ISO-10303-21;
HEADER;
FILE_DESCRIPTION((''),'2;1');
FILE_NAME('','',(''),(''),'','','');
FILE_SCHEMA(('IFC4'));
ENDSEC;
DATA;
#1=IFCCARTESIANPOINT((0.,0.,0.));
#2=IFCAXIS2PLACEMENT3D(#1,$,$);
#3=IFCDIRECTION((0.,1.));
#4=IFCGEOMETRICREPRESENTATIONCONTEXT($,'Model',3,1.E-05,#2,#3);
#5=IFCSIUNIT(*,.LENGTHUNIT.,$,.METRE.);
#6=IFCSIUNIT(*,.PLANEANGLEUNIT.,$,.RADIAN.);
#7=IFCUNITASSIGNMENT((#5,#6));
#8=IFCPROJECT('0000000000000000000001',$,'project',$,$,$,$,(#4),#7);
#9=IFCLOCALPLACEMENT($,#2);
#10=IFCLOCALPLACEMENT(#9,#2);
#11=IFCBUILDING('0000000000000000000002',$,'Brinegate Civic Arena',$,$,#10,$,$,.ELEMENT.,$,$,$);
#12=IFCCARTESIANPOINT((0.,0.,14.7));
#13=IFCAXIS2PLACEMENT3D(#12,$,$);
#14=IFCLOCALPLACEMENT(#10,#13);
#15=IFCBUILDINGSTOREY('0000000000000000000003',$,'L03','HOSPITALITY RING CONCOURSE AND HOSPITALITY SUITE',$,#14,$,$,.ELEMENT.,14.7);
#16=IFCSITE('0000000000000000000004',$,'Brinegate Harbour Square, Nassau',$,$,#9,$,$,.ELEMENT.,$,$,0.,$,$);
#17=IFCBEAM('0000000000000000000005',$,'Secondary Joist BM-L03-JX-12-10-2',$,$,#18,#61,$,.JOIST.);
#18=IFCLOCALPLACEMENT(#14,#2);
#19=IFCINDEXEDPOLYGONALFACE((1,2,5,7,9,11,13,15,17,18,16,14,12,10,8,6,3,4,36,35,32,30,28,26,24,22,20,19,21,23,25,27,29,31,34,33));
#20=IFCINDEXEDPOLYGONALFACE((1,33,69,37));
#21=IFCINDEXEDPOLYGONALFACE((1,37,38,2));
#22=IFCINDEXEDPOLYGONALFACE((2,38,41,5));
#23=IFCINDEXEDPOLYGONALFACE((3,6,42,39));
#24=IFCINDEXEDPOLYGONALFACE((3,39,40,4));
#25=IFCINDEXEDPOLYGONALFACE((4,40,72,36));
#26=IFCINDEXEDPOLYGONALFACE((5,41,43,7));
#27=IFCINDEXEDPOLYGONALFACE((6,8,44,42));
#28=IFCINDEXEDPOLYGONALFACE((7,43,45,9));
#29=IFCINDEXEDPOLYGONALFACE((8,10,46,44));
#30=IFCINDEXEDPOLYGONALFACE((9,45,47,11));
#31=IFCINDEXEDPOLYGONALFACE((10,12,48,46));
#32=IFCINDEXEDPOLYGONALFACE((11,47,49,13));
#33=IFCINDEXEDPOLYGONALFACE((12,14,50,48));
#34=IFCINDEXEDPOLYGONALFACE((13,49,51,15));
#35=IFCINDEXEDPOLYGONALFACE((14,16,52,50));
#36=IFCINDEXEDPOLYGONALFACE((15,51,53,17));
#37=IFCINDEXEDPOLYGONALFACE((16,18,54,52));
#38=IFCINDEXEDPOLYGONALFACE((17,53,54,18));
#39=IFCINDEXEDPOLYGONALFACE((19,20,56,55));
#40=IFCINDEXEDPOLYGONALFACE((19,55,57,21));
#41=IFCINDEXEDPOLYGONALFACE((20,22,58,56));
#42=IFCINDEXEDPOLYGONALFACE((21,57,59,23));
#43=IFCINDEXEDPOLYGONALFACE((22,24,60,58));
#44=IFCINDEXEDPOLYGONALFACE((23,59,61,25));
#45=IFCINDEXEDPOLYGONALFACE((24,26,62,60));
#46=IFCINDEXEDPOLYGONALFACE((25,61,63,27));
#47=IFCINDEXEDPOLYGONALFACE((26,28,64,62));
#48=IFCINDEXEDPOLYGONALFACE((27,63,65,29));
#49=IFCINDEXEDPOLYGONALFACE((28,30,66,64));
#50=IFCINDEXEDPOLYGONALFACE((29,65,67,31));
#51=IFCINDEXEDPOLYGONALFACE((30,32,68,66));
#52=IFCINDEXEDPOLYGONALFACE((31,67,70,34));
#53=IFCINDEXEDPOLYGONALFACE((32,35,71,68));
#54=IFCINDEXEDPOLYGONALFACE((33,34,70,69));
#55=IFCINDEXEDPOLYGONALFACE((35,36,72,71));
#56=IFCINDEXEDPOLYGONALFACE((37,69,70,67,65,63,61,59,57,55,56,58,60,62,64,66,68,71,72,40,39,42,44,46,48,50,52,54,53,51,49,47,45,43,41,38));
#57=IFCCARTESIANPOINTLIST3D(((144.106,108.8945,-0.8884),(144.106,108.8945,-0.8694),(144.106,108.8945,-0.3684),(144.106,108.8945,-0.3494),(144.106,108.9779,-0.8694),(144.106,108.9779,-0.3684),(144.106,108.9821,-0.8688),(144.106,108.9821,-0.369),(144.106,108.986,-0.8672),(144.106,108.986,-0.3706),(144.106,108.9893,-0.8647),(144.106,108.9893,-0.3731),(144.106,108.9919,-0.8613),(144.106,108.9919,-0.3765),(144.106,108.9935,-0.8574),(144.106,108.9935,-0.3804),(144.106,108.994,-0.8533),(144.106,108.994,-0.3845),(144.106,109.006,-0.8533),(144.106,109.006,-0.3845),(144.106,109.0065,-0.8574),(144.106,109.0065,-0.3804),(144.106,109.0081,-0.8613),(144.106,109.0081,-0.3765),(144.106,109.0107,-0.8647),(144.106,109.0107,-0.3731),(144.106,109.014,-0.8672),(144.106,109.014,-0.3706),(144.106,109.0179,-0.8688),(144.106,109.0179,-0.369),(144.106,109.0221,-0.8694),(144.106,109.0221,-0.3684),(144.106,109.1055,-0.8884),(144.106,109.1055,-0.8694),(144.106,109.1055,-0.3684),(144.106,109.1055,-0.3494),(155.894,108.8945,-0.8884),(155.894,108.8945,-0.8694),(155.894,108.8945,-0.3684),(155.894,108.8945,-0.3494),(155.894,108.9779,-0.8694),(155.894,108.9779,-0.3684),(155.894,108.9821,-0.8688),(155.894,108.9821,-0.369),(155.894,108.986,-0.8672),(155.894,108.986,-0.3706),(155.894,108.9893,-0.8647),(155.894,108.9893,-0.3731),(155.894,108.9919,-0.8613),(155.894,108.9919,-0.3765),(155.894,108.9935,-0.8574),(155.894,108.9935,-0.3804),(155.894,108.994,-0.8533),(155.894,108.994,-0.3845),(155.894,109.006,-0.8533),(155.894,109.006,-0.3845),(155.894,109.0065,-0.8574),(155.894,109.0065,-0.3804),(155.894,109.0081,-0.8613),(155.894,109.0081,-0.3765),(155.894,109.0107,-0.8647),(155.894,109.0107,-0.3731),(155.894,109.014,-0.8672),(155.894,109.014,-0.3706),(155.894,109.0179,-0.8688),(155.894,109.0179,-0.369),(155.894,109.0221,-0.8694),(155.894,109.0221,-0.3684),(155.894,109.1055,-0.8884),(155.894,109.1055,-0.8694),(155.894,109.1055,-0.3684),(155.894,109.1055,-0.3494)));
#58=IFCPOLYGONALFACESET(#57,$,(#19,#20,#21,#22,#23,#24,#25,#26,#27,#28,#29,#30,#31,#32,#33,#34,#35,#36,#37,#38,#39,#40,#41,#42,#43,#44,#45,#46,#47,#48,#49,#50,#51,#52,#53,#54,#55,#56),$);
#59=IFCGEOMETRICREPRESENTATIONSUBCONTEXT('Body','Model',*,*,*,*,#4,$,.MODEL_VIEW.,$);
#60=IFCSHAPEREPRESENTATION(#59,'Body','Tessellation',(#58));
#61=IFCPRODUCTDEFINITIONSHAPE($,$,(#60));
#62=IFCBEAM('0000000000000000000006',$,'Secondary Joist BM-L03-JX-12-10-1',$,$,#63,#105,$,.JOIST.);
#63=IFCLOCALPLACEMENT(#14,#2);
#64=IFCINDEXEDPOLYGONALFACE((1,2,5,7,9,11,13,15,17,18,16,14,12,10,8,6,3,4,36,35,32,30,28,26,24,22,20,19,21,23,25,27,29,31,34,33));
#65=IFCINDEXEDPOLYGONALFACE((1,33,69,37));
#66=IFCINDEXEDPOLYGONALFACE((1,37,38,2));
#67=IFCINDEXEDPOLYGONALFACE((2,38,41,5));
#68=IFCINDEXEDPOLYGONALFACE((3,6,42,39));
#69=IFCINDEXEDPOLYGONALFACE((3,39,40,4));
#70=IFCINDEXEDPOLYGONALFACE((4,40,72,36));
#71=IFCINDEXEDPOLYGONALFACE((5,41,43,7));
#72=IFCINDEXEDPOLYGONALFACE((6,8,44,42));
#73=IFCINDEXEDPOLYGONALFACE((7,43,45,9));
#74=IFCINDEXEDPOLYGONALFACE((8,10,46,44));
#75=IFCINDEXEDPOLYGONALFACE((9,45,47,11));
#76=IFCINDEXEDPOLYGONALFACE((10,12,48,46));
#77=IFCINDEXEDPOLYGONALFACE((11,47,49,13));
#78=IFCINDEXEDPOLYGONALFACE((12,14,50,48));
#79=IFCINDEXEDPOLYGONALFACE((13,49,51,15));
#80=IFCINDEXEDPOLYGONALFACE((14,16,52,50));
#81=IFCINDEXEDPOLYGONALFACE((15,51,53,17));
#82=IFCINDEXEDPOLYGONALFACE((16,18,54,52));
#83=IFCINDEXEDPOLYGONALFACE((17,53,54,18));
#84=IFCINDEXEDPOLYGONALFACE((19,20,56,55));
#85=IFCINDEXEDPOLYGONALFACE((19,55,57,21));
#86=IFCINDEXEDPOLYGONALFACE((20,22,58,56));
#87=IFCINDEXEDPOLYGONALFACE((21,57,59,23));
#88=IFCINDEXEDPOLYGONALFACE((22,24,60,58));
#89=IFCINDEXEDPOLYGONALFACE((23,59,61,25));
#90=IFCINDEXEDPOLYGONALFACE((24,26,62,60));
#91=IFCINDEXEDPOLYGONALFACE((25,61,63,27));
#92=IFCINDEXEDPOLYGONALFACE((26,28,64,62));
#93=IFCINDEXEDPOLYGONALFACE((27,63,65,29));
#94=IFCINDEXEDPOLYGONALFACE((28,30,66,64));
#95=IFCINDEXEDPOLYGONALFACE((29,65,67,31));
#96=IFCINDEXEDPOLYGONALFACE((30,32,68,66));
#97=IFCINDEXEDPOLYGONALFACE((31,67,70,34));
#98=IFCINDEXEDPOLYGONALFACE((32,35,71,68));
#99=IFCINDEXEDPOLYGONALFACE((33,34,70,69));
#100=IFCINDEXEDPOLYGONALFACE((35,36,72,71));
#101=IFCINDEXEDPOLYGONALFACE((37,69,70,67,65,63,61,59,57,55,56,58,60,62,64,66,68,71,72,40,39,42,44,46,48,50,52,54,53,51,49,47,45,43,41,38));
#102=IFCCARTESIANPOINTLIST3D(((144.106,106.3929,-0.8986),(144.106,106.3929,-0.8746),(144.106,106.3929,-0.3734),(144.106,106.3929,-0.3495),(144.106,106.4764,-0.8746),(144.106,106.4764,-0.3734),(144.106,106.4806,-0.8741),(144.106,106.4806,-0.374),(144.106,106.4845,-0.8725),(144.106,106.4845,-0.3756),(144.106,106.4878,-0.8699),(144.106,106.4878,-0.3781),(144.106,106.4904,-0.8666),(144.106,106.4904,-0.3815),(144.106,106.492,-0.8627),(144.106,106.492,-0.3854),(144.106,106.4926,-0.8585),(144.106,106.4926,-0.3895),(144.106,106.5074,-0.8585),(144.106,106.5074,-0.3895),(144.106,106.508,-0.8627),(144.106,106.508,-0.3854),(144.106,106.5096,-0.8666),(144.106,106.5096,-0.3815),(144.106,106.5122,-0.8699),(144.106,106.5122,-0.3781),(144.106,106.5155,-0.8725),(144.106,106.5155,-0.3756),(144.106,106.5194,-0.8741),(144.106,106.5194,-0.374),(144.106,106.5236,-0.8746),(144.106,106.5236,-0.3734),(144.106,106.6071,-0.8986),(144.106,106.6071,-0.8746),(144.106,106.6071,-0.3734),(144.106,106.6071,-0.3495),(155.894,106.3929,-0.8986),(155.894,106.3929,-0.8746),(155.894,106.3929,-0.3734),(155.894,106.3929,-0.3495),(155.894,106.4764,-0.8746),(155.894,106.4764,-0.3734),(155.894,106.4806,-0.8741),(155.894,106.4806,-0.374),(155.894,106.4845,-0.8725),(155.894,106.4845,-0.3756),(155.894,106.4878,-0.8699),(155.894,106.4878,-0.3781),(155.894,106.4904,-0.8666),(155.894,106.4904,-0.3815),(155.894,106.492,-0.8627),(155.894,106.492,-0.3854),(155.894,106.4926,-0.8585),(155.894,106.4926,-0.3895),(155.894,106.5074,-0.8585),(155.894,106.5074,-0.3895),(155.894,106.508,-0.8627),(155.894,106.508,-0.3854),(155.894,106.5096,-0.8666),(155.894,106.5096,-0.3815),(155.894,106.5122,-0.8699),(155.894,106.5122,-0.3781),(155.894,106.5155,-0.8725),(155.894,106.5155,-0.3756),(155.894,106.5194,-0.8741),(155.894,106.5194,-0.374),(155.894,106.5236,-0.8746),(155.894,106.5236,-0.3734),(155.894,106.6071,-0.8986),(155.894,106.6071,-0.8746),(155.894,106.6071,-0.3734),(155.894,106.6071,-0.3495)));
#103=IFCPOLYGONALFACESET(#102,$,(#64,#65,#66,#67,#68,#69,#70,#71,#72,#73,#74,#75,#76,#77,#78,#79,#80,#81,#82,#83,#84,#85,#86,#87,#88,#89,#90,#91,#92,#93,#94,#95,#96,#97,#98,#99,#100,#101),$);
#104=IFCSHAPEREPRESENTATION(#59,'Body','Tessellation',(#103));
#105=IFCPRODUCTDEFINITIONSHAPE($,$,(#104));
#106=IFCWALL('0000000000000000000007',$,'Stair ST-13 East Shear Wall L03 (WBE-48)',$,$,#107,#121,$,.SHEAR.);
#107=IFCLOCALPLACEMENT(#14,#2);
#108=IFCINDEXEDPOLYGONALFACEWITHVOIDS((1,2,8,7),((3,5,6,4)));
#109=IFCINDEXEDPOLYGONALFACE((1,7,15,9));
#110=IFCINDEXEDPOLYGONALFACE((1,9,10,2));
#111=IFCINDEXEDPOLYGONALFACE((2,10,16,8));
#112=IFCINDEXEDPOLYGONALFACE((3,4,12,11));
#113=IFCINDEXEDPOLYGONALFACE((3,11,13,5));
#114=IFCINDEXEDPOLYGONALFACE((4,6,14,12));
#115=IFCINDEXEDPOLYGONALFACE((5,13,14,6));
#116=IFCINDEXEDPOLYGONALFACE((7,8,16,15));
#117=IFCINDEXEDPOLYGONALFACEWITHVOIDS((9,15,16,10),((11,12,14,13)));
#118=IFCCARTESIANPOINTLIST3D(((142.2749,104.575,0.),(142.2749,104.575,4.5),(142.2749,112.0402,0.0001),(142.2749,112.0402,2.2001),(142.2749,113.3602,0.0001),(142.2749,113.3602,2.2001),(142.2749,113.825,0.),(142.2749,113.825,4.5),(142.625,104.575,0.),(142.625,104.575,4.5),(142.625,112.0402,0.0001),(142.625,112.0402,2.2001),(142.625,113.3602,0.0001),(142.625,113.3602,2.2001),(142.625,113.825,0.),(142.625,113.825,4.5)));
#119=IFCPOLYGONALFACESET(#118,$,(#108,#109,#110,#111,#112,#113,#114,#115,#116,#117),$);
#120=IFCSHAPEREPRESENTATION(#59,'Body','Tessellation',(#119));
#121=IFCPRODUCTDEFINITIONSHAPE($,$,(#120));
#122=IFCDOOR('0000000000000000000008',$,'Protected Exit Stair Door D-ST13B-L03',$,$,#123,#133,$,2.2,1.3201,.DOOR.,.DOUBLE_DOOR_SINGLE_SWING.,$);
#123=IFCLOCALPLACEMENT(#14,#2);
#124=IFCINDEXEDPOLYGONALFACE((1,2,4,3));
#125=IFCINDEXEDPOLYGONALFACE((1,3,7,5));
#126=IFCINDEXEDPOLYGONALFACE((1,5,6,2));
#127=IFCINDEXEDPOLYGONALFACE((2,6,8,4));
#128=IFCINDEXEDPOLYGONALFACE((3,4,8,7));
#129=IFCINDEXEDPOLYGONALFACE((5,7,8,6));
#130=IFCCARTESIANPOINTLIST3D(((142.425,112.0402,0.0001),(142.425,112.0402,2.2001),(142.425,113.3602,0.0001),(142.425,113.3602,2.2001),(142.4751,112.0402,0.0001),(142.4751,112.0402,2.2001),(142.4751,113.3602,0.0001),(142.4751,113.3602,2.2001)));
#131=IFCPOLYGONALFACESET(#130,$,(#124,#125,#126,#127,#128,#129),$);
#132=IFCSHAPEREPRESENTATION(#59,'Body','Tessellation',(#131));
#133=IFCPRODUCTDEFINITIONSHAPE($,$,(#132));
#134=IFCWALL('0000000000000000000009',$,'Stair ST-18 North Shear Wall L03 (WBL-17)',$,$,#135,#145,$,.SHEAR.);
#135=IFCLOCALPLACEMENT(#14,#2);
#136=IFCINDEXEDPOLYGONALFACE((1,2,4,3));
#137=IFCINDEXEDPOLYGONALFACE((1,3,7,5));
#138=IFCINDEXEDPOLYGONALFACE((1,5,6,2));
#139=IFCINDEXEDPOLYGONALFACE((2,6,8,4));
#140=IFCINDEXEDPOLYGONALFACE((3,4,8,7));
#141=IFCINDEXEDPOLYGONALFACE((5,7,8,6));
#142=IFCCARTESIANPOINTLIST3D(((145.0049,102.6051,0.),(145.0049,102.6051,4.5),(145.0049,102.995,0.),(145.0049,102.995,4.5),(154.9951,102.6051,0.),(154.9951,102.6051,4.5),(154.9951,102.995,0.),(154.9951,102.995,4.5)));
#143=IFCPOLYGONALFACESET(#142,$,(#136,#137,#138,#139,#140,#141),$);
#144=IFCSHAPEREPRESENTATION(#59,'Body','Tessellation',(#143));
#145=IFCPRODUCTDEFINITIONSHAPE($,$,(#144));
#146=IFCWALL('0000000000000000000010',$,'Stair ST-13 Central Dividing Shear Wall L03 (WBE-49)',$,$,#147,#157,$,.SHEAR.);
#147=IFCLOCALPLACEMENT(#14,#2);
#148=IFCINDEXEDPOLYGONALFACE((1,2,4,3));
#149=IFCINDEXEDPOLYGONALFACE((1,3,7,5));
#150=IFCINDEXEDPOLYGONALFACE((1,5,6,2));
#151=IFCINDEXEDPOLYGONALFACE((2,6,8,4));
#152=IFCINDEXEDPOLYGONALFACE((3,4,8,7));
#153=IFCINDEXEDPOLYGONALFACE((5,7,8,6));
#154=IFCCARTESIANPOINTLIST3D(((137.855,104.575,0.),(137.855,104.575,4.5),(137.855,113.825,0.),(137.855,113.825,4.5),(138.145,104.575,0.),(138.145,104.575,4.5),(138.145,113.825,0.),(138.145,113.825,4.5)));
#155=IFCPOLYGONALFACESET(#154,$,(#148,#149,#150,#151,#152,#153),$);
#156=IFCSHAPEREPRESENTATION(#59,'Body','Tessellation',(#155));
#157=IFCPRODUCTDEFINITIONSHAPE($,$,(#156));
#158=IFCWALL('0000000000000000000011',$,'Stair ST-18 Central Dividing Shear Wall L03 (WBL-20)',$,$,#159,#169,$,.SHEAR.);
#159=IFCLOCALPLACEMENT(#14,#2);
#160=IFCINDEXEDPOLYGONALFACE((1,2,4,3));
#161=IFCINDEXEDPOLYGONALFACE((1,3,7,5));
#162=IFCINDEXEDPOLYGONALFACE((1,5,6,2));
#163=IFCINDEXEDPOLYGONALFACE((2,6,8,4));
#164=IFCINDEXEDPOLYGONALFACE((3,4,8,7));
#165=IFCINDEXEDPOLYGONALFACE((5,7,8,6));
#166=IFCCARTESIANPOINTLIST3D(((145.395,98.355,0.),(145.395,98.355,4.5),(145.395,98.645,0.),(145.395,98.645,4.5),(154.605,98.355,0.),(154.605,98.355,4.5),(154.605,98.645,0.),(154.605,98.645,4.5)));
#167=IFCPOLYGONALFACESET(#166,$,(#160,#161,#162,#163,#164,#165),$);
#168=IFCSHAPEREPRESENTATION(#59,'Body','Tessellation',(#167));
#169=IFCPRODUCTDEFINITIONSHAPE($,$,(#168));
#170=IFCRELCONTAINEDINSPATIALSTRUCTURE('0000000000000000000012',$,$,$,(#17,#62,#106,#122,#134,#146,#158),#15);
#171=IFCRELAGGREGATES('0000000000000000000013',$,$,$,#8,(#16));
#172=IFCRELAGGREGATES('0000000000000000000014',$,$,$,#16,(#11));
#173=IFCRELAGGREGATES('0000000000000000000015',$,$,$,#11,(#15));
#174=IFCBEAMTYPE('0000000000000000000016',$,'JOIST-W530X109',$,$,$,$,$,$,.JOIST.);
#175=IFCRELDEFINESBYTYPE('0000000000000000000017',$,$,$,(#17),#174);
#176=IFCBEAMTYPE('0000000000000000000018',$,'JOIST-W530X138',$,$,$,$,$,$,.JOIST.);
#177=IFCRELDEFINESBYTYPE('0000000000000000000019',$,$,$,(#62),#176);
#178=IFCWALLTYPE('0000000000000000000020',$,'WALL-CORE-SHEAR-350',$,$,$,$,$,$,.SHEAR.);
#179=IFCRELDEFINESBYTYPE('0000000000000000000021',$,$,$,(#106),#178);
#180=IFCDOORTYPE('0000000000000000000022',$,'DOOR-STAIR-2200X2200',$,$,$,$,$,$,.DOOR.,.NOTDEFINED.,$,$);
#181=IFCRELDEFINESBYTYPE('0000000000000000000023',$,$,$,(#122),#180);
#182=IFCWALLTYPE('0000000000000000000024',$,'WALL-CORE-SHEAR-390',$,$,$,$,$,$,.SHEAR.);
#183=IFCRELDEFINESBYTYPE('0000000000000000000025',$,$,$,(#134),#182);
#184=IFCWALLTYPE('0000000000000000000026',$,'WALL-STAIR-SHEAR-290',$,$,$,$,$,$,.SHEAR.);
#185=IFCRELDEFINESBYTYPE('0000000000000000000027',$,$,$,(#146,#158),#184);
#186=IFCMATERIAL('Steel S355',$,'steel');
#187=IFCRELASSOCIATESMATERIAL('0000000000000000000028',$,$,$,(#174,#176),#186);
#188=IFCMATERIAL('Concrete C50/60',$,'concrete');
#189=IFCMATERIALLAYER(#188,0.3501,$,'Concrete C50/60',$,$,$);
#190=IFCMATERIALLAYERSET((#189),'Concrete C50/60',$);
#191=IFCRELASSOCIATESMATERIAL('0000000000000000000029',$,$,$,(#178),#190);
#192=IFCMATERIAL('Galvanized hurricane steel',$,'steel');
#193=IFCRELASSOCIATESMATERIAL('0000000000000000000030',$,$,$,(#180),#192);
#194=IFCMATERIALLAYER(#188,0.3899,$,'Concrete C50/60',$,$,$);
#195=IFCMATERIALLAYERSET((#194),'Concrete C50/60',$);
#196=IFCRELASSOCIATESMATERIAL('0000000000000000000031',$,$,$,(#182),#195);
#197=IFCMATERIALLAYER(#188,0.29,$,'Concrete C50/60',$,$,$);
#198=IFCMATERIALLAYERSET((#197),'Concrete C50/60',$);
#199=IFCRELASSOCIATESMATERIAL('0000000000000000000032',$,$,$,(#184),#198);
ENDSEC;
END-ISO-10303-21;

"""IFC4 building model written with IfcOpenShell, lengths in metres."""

from ifc_helpers import new_model, si_unit, direction, frame, frame_2d, origin, origin_2d, place, context, subcontext, project, spatial, rectangle, i_section, extrude, material, layer, layer_set, material_profile, profile_set, type_object, element, fill, save


model = new_model("IFC4")

# Units and contexts
model_context = context("Model", 3, precision=1e-05, world=origin(), true_north=direction((0.0, 1.0)))
body_context = subcontext(model_context, "Body", "Model", "MODEL_VIEW")
ifc_project = project(units=[si_unit("LENGTHUNIT", "METRE"), si_unit("PLANEANGLEUNIT", "RADIAN")], contexts=[model_context])

# Site, building, storey
site_placement = place(None, origin())
site = spatial("IfcSite", under=ifc_project, at=site_placement, Name="Brinegate Harbour Square, Nassau", CompositionType="ELEMENT", RefElevation=0.0)
building_placement = place(site_placement, origin())
building = spatial("IfcBuilding", under=site, at=building_placement, Name="Brinegate Civic Arena", CompositionType="ELEMENT")
storey_placement = place(building_placement, frame((0.0, 0.0, 14.7)))
storey = spatial("IfcBuildingStorey", under=building, at=storey_placement, Name="L03", Description="HOSPITALITY RING CONCOURSE AND HOSPITALITY SUITE", CompositionType="ELEMENT", Elevation=14.7)

# Shared definitions
ifc_material_1 = material(Name="Concrete C50/60", Category="concrete")

# Beams
ifc_material_2 = material(Name="Steel S355", Category="steel")
ifc_material_profile_1 = material_profile(ifc_material_2, i_section(OverallWidth=0.2109, OverallDepth=0.5391, WebThickness=0.012, FlangeThickness=0.019, FilletRadius=0.0161, at=origin_2d()), Name="W530X109")
ifc_profile_set_1 = profile_set([ifc_material_profile_1], Name="Steel S355")
beam_type_1 = type_object("IfcBeamType", Name="JOIST-W530X109", PredefinedType="JOIST", material=ifc_profile_set_1)
beam_1_placement = place(storey_placement, frame((144.106, 109.0, -0.6189), z_axis=(1.0, 0.0, 0.0), x_axis=(0.0, 1.0, 0.0)))
element("IfcBeam", 1, at=beam_1_placement, inside=storey, type_object=beam_type_1, Name="Secondary Joist BM-L03-JX-12-10-2", PredefinedType="JOIST", context=body_context, shape_type="SweptSolid", body=[
    extrude(i_section(OverallWidth=0.2109, OverallDepth=0.5391, WebThickness=0.012, FlangeThickness=0.019, FilletRadius=0.0161, at=origin_2d()), origin(), (0.0, 0.0, 1.0), 11.7881),
])
ifc_material_profile_2 = material_profile(ifc_material_2, i_section(OverallWidth=0.2141, OverallDepth=0.5491, WebThickness=0.0149, FlangeThickness=0.0239, FilletRadius=0.0161, at=origin_2d()), Name="W530X138")
ifc_profile_set_2 = profile_set([ifc_material_profile_2], Name="Steel S355")
beam_type_2 = type_object("IfcBeamType", Name="JOIST-W530X138", PredefinedType="JOIST", material=ifc_profile_set_2)
beam_2_placement = place(storey_placement, frame((144.106, 106.5, -0.624), z_axis=(1.0, 0.0, 0.0), x_axis=(0.0, 1.0, 0.0)))
element("IfcBeam", 2, at=beam_2_placement, inside=storey, type_object=beam_type_2, Name="Secondary Joist BM-L03-JX-12-10-1", PredefinedType="JOIST", context=body_context, shape_type="SweptSolid", body=[
    extrude(i_section(OverallWidth=0.2141, OverallDepth=0.5491, WebThickness=0.0149, FlangeThickness=0.0239, FilletRadius=0.0161, at=origin_2d()), origin(), (0.0, 0.0, 1.0), 11.7881),
])

# Wall, opening, door
ifc_layer_1 = layer(ifc_material_1, 0.3501, Name="Concrete C50/60")
ifc_layer_set_1 = layer_set([ifc_layer_1], Name="Concrete C50/60")
wall_type_1 = type_object("IfcWallType", Name="WALL-CORE-SHEAR-350", PredefinedType="SHEAR", material=ifc_layer_set_1)
wall_1_placement = place(storey_placement, frame((142.45, 104.575, 0.0), z_axis=(0.0, 0.0, 1.0), x_axis=(0.0, 1.0, 0.0)))
wall_1 = element("IfcWall", 3, at=wall_1_placement, inside=storey, type_object=wall_type_1, Name="Stair ST-13 East Shear Wall L03 (WBE-48)", PredefinedType="SHEAR", context=body_context, shape_type="SweptSolid", body=[
    extrude(rectangle(XDim=9.25, YDim=0.3501, at=frame_2d((4.625, 0.0))), origin(), (0.0, 0.0, 1.0), 4.5),
])
opening_placement = place(wall_1_placement, frame((7.4651, 0.0, 0.0)))
opening = element("IfcOpeningElement", 4, at=opening_placement, cuts=wall_1, PredefinedType="OPENING", context=body_context, shape_type="SweptSolid", body=[
    extrude(rectangle(XDim=1.3201, YDim=2.2, at=frame_2d((0.6602, 1.1001))), frame((0.0, 0.1851, 0.0), z_axis=(0.0, -1.0, 0.0), x_axis=(1.0, 0.0, 0.0)), (0.0, 0.0, 1.0), 0.3701),
])
ifc_material_3 = material(Name="Galvanized hurricane steel", Category="steel")
door_type = type_object("IfcDoorType", Name="DOOR-STAIR-2200X2200", OperationType="NOTDEFINED", PredefinedType="DOOR", material=ifc_material_3)
door_placement = place(opening_placement, origin())
door = element("IfcDoor", 5, at=door_placement, inside=storey, type_object=door_type, Name="Protected Exit Stair Door D-ST13B-L03", OperationType="DOUBLE_DOOR_SINGLE_SWING", OverallHeight=2.2, OverallWidth=1.3201, PredefinedType="DOOR", context=body_context, shape_type="SweptSolid", body=[
    extrude(rectangle(XDim=1.3201, YDim=2.2, at=frame_2d((0.6602, 1.1001))), frame((0.0, 0.0249, 0.0), z_axis=(0.0, -1.0, 0.0), x_axis=(1.0, 0.0, 0.0)), (0.0, 0.0, 1.0), 0.05),
])
fill(opening, door)

# Walls
ifc_layer_2 = layer(ifc_material_1, 0.3899, Name="Concrete C50/60")
ifc_layer_set_2 = layer_set([ifc_layer_2], Name="Concrete C50/60")
wall_type_2 = type_object("IfcWallType", Name="WALL-CORE-SHEAR-390", PredefinedType="SHEAR", material=ifc_layer_set_2)
wall_2_placement = place(storey_placement, frame((145.0049, 102.8, 0.0), z_axis=(0.0, 0.0, 1.0), x_axis=(1.0, 0.0, 0.0)))
element("IfcWall", 6, at=wall_2_placement, inside=storey, type_object=wall_type_2, Name="Stair ST-18 North Shear Wall L03 (WBL-17)", PredefinedType="SHEAR", context=body_context, shape_type="SweptSolid", body=[
    extrude(rectangle(XDim=9.9902, YDim=0.3899, at=frame_2d((4.9951, 0.0))), origin(), (0.0, 0.0, 1.0), 4.5),
])
ifc_layer_3 = layer(ifc_material_1, 0.29, Name="Concrete C50/60")
ifc_layer_set_3 = layer_set([ifc_layer_3], Name="Concrete C50/60")
wall_type_3 = type_object("IfcWallType", Name="WALL-STAIR-SHEAR-290", PredefinedType="SHEAR", material=ifc_layer_set_3)
wall_3_placement = place(storey_placement, frame((138.0, 104.575, 0.0), z_axis=(0.0, 0.0, 1.0), x_axis=(0.0, 1.0, 0.0)))
element("IfcWall", 7, at=wall_3_placement, inside=storey, type_object=wall_type_3, Name="Stair ST-13 Central Dividing Shear Wall L03 (WBE-49)", PredefinedType="SHEAR", context=body_context, shape_type="SweptSolid", body=[
    extrude(rectangle(XDim=9.25, YDim=0.29, at=frame_2d((4.625, 0.0))), origin(), (0.0, 0.0, 1.0), 4.5),
])
wall_4_placement = place(storey_placement, frame((145.395, 98.5, 0.0), z_axis=(0.0, 0.0, 1.0), x_axis=(1.0, 0.0, 0.0)))
element("IfcWall", 8, at=wall_4_placement, inside=storey, type_object=wall_type_3, Name="Stair ST-18 Central Dividing Shear Wall L03 (WBL-20)", PredefinedType="SHEAR", context=body_context, shape_type="SweptSolid", body=[
    extrude(rectangle(XDim=9.21, YDim=0.29, at=frame_2d((4.605, 0.0))), origin(), (0.0, 0.0, 1.0), 4.5),
])

save(model, "model.ifc")
